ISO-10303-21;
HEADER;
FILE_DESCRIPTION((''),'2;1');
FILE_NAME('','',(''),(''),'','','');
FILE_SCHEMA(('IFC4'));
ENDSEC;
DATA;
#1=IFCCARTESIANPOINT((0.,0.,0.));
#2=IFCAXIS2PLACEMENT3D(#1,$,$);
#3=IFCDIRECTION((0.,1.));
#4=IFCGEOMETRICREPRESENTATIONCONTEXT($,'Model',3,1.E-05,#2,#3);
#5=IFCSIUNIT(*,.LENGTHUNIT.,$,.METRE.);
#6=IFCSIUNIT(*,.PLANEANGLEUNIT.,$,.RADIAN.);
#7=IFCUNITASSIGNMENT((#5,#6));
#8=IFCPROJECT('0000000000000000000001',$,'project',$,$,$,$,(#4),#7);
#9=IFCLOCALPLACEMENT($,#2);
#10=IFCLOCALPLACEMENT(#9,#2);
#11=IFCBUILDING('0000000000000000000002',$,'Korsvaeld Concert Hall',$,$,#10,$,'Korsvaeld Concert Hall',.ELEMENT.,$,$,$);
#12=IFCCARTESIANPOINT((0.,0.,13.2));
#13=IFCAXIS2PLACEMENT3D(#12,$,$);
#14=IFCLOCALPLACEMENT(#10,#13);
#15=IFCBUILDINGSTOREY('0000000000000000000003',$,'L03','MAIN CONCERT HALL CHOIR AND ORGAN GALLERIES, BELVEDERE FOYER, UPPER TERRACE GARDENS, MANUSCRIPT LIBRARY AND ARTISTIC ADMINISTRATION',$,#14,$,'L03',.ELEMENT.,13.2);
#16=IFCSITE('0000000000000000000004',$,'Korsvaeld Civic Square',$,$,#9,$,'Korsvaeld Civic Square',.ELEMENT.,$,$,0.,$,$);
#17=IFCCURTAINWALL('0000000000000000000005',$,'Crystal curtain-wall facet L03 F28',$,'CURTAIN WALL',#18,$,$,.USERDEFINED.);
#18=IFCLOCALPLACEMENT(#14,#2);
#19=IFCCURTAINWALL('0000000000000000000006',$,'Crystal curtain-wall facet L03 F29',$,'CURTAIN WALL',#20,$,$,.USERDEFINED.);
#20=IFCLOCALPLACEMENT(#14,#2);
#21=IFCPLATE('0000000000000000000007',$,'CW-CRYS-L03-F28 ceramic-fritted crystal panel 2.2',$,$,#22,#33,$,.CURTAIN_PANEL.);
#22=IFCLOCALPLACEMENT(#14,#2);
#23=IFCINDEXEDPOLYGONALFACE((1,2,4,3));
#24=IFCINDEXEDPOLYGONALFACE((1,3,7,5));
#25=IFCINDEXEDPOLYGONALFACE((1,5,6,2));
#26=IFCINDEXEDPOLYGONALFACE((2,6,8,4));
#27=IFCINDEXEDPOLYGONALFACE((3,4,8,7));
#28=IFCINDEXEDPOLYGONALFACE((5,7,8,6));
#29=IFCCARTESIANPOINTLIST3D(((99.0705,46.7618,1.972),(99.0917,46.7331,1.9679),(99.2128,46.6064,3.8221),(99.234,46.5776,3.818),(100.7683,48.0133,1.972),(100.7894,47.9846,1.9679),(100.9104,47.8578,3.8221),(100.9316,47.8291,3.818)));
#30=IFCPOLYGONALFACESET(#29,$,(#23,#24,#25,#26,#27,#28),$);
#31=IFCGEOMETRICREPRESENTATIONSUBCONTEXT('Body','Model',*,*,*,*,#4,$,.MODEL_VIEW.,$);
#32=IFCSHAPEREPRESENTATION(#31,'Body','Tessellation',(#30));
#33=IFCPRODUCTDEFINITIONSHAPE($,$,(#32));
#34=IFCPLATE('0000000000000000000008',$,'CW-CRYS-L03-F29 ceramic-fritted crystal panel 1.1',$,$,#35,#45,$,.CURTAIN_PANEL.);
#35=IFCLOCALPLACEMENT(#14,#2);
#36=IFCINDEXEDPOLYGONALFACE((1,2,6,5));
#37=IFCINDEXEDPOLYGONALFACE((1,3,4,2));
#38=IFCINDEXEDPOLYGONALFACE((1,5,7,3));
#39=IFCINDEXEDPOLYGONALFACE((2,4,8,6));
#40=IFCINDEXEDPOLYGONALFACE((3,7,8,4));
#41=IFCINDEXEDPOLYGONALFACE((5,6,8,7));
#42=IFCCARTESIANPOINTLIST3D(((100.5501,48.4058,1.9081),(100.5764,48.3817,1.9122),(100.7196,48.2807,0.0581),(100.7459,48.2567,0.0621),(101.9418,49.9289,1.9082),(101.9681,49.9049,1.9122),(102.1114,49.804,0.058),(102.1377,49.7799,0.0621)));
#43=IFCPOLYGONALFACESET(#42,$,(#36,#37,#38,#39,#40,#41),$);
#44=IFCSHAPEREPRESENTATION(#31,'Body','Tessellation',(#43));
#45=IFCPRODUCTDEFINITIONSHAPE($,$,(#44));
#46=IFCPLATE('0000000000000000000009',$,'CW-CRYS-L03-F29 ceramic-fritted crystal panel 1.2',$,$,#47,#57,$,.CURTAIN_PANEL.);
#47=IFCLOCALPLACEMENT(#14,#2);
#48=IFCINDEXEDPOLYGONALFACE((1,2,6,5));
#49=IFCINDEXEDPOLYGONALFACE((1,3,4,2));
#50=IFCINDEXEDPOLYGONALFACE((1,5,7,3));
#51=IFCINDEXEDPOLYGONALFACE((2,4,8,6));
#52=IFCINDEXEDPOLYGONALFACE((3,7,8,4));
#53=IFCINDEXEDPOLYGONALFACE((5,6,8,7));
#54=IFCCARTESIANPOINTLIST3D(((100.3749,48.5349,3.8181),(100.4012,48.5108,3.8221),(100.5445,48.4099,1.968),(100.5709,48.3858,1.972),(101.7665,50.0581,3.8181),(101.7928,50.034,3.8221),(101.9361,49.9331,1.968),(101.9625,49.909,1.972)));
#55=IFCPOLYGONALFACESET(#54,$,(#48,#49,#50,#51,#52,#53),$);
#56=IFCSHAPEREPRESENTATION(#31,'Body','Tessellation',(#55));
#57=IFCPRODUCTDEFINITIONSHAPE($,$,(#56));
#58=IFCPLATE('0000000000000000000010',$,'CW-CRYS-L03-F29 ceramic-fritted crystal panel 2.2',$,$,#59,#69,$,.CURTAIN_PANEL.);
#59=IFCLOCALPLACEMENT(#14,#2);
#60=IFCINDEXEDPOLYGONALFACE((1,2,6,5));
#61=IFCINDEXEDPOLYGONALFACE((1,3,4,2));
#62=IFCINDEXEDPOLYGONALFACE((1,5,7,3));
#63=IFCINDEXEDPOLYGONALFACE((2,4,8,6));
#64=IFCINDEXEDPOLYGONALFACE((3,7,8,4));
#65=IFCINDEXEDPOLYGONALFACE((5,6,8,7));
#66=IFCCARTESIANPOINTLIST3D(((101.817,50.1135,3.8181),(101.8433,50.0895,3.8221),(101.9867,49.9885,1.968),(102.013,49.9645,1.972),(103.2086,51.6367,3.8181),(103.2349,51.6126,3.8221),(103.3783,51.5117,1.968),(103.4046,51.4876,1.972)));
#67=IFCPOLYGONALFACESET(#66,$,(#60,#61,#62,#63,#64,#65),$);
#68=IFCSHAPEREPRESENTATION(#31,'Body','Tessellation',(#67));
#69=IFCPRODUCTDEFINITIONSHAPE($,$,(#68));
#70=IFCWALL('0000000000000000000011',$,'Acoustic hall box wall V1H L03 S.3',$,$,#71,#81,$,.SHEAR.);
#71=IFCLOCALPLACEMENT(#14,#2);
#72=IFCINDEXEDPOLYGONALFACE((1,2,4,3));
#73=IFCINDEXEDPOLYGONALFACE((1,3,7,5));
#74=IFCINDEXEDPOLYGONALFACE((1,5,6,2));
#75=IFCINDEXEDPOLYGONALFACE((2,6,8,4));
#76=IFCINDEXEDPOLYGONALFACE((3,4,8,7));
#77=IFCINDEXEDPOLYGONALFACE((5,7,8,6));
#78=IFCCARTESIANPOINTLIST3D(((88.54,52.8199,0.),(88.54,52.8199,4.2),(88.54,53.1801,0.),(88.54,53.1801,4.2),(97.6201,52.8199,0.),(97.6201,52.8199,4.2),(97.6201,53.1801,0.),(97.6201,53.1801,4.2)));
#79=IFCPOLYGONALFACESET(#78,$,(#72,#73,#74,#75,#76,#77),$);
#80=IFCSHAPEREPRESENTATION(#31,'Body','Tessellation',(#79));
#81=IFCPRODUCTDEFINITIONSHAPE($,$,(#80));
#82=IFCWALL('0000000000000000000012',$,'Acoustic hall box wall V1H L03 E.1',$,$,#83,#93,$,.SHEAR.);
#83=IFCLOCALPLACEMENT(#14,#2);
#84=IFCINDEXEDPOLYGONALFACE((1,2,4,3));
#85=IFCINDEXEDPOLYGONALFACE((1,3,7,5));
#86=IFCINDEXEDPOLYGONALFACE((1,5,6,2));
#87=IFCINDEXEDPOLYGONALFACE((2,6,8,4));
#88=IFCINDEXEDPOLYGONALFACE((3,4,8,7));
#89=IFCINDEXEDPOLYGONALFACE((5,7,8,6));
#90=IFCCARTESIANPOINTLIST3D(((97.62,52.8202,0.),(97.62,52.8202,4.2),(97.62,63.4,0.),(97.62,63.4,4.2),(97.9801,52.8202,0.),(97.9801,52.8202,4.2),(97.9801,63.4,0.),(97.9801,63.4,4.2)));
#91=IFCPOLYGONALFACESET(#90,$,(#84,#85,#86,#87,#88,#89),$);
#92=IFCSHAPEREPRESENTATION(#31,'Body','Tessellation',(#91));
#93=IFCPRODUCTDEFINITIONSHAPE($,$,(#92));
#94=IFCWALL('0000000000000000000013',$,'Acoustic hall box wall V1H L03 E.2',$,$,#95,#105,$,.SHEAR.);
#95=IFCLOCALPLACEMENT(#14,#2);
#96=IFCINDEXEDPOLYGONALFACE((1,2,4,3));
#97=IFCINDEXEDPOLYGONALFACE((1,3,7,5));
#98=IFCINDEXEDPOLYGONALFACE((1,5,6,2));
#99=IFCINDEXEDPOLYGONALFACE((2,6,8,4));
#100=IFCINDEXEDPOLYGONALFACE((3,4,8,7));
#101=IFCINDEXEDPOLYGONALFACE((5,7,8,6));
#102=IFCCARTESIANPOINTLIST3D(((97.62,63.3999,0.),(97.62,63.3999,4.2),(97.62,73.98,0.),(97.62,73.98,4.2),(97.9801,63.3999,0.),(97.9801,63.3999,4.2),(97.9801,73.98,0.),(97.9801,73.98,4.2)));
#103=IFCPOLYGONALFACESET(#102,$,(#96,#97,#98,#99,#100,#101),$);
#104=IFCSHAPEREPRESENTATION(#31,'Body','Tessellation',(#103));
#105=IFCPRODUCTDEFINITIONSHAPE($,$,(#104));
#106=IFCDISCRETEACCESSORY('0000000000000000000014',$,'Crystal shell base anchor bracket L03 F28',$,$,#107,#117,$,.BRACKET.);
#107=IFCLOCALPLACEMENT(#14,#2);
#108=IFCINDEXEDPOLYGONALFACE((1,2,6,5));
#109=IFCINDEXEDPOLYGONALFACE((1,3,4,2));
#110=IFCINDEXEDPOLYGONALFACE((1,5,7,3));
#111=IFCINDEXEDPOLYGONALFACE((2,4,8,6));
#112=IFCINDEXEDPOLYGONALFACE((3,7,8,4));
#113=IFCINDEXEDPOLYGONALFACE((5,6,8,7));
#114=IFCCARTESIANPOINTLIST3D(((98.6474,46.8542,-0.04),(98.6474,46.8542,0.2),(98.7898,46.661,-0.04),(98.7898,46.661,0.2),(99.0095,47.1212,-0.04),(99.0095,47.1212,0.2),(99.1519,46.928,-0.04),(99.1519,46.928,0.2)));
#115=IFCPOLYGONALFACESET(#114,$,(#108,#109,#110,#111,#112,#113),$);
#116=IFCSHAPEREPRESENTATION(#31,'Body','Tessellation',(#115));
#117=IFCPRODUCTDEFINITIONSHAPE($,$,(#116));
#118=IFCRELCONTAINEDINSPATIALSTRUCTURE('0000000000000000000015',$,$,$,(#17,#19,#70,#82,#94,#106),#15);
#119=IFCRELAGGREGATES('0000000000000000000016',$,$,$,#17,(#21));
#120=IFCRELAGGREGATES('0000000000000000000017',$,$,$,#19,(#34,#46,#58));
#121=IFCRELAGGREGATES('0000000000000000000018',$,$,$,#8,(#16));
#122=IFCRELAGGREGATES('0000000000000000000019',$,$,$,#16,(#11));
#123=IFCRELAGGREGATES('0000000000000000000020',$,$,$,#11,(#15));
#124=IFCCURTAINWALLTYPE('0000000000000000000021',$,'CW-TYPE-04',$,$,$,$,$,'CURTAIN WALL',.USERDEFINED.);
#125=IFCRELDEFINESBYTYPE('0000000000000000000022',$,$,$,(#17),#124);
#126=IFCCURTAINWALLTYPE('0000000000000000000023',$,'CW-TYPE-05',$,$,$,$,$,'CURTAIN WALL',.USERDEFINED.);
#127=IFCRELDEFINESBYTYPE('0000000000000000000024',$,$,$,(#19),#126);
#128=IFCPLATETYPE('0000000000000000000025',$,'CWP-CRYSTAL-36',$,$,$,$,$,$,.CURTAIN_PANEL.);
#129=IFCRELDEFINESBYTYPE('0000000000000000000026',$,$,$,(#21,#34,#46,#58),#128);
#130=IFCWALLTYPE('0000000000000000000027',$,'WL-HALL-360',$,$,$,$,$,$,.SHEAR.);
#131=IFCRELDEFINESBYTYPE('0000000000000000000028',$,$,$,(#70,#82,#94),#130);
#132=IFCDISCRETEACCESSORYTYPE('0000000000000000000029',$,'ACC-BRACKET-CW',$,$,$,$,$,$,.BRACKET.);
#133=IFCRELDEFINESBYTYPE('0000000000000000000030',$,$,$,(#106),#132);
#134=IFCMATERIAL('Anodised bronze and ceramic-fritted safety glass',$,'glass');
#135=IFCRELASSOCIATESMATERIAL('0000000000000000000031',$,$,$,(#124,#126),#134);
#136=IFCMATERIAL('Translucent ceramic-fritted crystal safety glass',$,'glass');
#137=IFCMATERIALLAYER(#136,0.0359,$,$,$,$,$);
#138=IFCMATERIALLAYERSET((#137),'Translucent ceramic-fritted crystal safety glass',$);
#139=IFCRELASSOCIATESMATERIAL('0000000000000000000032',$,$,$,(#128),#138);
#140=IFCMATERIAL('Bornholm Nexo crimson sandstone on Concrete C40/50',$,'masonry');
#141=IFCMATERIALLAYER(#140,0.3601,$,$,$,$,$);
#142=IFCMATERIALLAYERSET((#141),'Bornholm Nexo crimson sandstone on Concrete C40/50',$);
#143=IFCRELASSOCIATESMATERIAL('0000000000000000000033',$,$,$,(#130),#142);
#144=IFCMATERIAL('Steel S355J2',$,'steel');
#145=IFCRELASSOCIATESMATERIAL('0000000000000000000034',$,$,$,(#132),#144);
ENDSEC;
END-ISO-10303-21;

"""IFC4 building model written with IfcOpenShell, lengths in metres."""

from ifc_helpers import new_model, si_unit, direction, frame, frame_2d, origin, origin_2d, place, context, subcontext, project, spatial, polyline, rectangle, outline, extrude, material, layer, layer_set, type_object, element, aggregate, save


model = new_model("IFC4")

# Units and contexts
model_context = context("Model", 3, precision=1e-05, world=origin(), true_north=direction((0.0, 1.0)))
body_context = subcontext(model_context, "Body", "Model", "MODEL_VIEW")
ifc_project = project(units=[si_unit("LENGTHUNIT", "METRE"), si_unit("PLANEANGLEUNIT", "RADIAN")], contexts=[model_context])

# Site, building, storey
site_placement = place(None, origin())
site = spatial("IfcSite", under=ifc_project, at=site_placement, Name="Korsvaeld Civic Square", LongName="Korsvaeld Civic Square", CompositionType="ELEMENT", RefElevation=0.0)
building_placement = place(site_placement, origin())
building = spatial("IfcBuilding", under=site, at=building_placement, Name="Korsvaeld Concert Hall", LongName="Korsvaeld Concert Hall", CompositionType="ELEMENT")
storey_placement = place(building_placement, frame((0.0, 0.0, 13.2)))
storey = spatial("IfcBuildingStorey", under=building, at=storey_placement, Name="L03", Description="MAIN CONCERT HALL CHOIR AND ORGAN GALLERIES, BELVEDERE FOYER, UPPER TERRACE GARDENS, MANUSCRIPT LIBRARY AND ARTISTIC ADMINISTRATION", LongName="L03", CompositionType="ELEMENT", Elevation=13.2)

# Shared definitions
ifc_material_1 = material(Name="Steel S355J2", Category="steel")

# Curtain wall
ifc_material_2 = material(Name="Anodised bronze and ceramic-fritted safety glass", Category="glass")
curtain_wall_type_1 = type_object("IfcCurtainWallType", Name="CW-TYPE-04", ElementType="CURTAIN WALL", PredefinedType="USERDEFINED", material=ifc_material_2)
curtain_wall_1_placement = place(storey_placement, origin())
curtain_wall_1 = element("IfcCurtainWall", 1, at=curtain_wall_1_placement, inside=storey, type_object=curtain_wall_type_1, Name="Crystal curtain-wall facet L03 F28", ObjectType="CURTAIN WALL", PredefinedType="USERDEFINED")

# Curtain wall
curtain_wall_type_2 = type_object("IfcCurtainWallType", Name="CW-TYPE-05", ElementType="CURTAIN WALL", PredefinedType="USERDEFINED", material=ifc_material_2)
curtain_wall_2_placement = place(storey_placement, origin())
curtain_wall_2 = element("IfcCurtainWall", 2, at=curtain_wall_2_placement, inside=storey, type_object=curtain_wall_type_2, Name="Crystal curtain-wall facet L03 F29", ObjectType="CURTAIN WALL", PredefinedType="USERDEFINED")

# Plates
ifc_material_3 = material(Name="Translucent ceramic-fritted crystal safety glass", Category="glass")
ifc_layer_1 = layer(ifc_material_3, 0.0359)
ifc_layer_set_1 = layer_set([ifc_layer_1], Name="Translucent ceramic-fritted crystal safety glass")
plate_type = type_object("IfcPlateType", Name="CWP-CRYSTAL-36", PredefinedType="CURTAIN_PANEL", material=ifc_layer_set_1)
plate_1_placement = place(storey_placement, frame((99.0811, 46.7476, 1.97), z_axis=(0.589606, -0.79981, -0.112553), x_axis=(0.804925, 0.593376, 0.000004)))
plate_1 = element("IfcPlate", 3, at=plate_1_placement, type_object=plate_type, Name="CW-CRYS-L03-F28 ceramic-fritted crystal panel 2.2", PredefinedType="CURTAIN_PANEL", context=body_context, shape_type="SweptSolid", body=[
    extrude(outline(polyline([(0.0, 0.0), (2.1092, 0.0), (2.1313, 1.8619), (0.0223, 1.8619), (0.0, 0.0)])), frame((0.0, 0.0, 0.0181)), (0.0, 0.0, -1.0), 0.0359),
])
aggregate(curtain_wall_1, [plate_1])
plate_2_placement = place(storey_placement, frame((100.7327, 48.2688, 0.0601), z_axis=(0.733561, -0.670246, 0.112513), x_axis=(0.674529, 0.738248, -0.000005)))
plate_2 = element("IfcPlate", 4, at=plate_2_placement, type_object=plate_type, Name="CW-CRYS-L03-F29 ceramic-fritted crystal panel 1.1", PredefinedType="CURTAIN_PANEL", context=body_context, shape_type="SweptSolid", body=[
    extrude(outline(polyline([(0.0, 0.0), (2.0633, 0.0), (2.0412, 1.8619), (-0.022, 1.8619), (0.0, 0.0)])), frame((0.0, 0.0, 0.0181)), (0.0, 0.0, -1.0), 0.0359),
])
plate_3_placement = place(storey_placement, frame((100.5576, 48.3979, 1.97), z_axis=(0.733586, -0.67021, 0.112561), x_axis=(0.674497, 0.738278, 0.0)))
plate_3 = element("IfcPlate", 5, at=plate_3_placement, type_object=plate_type, Name="CW-CRYS-L03-F29 ceramic-fritted crystal panel 1.2", PredefinedType="CURTAIN_PANEL", context=body_context, shape_type="SweptSolid", body=[
    extrude(outline(polyline([(0.0, 0.0), (2.0632, 0.0), (2.041, 1.8619), (-0.0222, 1.8619), (0.0, 0.0)])), frame((0.0, 0.0, 0.0181)), (0.0, 0.0, -1.0), 0.0359),
])
plate_4_placement = place(storey_placement, frame((101.9998, 49.9766, 1.97), z_axis=(0.733586, -0.67021, 0.112561), x_axis=(0.674497, 0.738278, 0.0)))
plate_4 = element("IfcPlate", 6, at=plate_4_placement, type_object=plate_type, Name="CW-CRYS-L03-F29 ceramic-fritted crystal panel 2.2", PredefinedType="CURTAIN_PANEL", context=body_context, shape_type="SweptSolid", body=[
    extrude(outline(polyline([(0.0, 0.0), (2.0632, 0.0), (2.041, 1.8619), (-0.0222, 1.8619), (0.0, 0.0)])), frame((0.0, 0.0, 0.0181)), (0.0, 0.0, -1.0), 0.0359),
])
aggregate(curtain_wall_2, [plate_2, plate_3, plate_4])

# Walls
ifc_material_4 = material(Name="Bornholm Nexo crimson sandstone on Concrete C40/50", Category="masonry")
ifc_layer_2 = layer(ifc_material_4, 0.3601)
ifc_layer_set_2 = layer_set([ifc_layer_2], Name="Bornholm Nexo crimson sandstone on Concrete C40/50")
wall_type = type_object("IfcWallType", Name="WL-HALL-360", PredefinedType="SHEAR", material=ifc_layer_set_2)
wall_1_placement = place(storey_placement, frame((88.54, 53.0, 0.0), z_axis=(0.0, 0.0, 1.0), x_axis=(1.0, 0.0, 0.0)))
element("IfcWall", 7, at=wall_1_placement, inside=storey, type_object=wall_type, Name="Acoustic hall box wall V1H L03 S.3", PredefinedType="SHEAR", context=body_context, shape_type="SweptSolid", body=[
    extrude(rectangle(XDim=9.0801, YDim=0.3601, at=frame_2d((4.54, 0.0))), origin(), (0.0, 0.0, 1.0), 4.2),
])
wall_2_placement = place(storey_placement, frame((97.8, 52.8201, 0.0), z_axis=(0.0, 0.0, 1.0), x_axis=(0.0, 1.0, 0.0)))
element("IfcWall", 8, at=wall_2_placement, inside=storey, type_object=wall_type, Name="Acoustic hall box wall V1H L03 E.1", PredefinedType="SHEAR", context=body_context, shape_type="SweptSolid", body=[
    extrude(rectangle(XDim=10.5798, YDim=0.3601, at=frame_2d((5.29, 0.0))), origin(), (0.0, 0.0, 1.0), 4.2),
])
wall_3_placement = place(storey_placement, frame((97.8, 63.3999, 0.0), z_axis=(0.0, 0.0, 1.0), x_axis=(0.0, 1.0, 0.0)))
element("IfcWall", 9, at=wall_3_placement, inside=storey, type_object=wall_type, Name="Acoustic hall box wall V1H L03 E.2", PredefinedType="SHEAR", context=body_context, shape_type="SweptSolid", body=[
    extrude(rectangle(XDim=10.5801, YDim=0.3601, at=frame_2d((5.29, 0.0))), origin(), (0.0, 0.0, 1.0), 4.2),
])

# Discrete accessory
discrete_accessory_type = type_object("IfcDiscreteAccessoryType", Name="ACC-BRACKET-CW", PredefinedType="BRACKET", material=ifc_material_1)
discrete_accessory_placement = place(storey_placement, frame((98.8997, 46.8911, -0.04), z_axis=(0.0, 0.0, 1.0), x_axis=(0.804894, 0.593419, 0.0)))
element("IfcDiscreteAccessory", 10, at=discrete_accessory_placement, inside=storey, type_object=discrete_accessory_type, Name="Crystal shell base anchor bracket L03 F28", PredefinedType="BRACKET", context=body_context, shape_type="SweptSolid", body=[
    extrude(rectangle(XDim=0.45, YDim=0.24, at=origin_2d()), origin(), (0.0, 0.0, 1.0), 0.24),
])

save(model, "model.ifc")
